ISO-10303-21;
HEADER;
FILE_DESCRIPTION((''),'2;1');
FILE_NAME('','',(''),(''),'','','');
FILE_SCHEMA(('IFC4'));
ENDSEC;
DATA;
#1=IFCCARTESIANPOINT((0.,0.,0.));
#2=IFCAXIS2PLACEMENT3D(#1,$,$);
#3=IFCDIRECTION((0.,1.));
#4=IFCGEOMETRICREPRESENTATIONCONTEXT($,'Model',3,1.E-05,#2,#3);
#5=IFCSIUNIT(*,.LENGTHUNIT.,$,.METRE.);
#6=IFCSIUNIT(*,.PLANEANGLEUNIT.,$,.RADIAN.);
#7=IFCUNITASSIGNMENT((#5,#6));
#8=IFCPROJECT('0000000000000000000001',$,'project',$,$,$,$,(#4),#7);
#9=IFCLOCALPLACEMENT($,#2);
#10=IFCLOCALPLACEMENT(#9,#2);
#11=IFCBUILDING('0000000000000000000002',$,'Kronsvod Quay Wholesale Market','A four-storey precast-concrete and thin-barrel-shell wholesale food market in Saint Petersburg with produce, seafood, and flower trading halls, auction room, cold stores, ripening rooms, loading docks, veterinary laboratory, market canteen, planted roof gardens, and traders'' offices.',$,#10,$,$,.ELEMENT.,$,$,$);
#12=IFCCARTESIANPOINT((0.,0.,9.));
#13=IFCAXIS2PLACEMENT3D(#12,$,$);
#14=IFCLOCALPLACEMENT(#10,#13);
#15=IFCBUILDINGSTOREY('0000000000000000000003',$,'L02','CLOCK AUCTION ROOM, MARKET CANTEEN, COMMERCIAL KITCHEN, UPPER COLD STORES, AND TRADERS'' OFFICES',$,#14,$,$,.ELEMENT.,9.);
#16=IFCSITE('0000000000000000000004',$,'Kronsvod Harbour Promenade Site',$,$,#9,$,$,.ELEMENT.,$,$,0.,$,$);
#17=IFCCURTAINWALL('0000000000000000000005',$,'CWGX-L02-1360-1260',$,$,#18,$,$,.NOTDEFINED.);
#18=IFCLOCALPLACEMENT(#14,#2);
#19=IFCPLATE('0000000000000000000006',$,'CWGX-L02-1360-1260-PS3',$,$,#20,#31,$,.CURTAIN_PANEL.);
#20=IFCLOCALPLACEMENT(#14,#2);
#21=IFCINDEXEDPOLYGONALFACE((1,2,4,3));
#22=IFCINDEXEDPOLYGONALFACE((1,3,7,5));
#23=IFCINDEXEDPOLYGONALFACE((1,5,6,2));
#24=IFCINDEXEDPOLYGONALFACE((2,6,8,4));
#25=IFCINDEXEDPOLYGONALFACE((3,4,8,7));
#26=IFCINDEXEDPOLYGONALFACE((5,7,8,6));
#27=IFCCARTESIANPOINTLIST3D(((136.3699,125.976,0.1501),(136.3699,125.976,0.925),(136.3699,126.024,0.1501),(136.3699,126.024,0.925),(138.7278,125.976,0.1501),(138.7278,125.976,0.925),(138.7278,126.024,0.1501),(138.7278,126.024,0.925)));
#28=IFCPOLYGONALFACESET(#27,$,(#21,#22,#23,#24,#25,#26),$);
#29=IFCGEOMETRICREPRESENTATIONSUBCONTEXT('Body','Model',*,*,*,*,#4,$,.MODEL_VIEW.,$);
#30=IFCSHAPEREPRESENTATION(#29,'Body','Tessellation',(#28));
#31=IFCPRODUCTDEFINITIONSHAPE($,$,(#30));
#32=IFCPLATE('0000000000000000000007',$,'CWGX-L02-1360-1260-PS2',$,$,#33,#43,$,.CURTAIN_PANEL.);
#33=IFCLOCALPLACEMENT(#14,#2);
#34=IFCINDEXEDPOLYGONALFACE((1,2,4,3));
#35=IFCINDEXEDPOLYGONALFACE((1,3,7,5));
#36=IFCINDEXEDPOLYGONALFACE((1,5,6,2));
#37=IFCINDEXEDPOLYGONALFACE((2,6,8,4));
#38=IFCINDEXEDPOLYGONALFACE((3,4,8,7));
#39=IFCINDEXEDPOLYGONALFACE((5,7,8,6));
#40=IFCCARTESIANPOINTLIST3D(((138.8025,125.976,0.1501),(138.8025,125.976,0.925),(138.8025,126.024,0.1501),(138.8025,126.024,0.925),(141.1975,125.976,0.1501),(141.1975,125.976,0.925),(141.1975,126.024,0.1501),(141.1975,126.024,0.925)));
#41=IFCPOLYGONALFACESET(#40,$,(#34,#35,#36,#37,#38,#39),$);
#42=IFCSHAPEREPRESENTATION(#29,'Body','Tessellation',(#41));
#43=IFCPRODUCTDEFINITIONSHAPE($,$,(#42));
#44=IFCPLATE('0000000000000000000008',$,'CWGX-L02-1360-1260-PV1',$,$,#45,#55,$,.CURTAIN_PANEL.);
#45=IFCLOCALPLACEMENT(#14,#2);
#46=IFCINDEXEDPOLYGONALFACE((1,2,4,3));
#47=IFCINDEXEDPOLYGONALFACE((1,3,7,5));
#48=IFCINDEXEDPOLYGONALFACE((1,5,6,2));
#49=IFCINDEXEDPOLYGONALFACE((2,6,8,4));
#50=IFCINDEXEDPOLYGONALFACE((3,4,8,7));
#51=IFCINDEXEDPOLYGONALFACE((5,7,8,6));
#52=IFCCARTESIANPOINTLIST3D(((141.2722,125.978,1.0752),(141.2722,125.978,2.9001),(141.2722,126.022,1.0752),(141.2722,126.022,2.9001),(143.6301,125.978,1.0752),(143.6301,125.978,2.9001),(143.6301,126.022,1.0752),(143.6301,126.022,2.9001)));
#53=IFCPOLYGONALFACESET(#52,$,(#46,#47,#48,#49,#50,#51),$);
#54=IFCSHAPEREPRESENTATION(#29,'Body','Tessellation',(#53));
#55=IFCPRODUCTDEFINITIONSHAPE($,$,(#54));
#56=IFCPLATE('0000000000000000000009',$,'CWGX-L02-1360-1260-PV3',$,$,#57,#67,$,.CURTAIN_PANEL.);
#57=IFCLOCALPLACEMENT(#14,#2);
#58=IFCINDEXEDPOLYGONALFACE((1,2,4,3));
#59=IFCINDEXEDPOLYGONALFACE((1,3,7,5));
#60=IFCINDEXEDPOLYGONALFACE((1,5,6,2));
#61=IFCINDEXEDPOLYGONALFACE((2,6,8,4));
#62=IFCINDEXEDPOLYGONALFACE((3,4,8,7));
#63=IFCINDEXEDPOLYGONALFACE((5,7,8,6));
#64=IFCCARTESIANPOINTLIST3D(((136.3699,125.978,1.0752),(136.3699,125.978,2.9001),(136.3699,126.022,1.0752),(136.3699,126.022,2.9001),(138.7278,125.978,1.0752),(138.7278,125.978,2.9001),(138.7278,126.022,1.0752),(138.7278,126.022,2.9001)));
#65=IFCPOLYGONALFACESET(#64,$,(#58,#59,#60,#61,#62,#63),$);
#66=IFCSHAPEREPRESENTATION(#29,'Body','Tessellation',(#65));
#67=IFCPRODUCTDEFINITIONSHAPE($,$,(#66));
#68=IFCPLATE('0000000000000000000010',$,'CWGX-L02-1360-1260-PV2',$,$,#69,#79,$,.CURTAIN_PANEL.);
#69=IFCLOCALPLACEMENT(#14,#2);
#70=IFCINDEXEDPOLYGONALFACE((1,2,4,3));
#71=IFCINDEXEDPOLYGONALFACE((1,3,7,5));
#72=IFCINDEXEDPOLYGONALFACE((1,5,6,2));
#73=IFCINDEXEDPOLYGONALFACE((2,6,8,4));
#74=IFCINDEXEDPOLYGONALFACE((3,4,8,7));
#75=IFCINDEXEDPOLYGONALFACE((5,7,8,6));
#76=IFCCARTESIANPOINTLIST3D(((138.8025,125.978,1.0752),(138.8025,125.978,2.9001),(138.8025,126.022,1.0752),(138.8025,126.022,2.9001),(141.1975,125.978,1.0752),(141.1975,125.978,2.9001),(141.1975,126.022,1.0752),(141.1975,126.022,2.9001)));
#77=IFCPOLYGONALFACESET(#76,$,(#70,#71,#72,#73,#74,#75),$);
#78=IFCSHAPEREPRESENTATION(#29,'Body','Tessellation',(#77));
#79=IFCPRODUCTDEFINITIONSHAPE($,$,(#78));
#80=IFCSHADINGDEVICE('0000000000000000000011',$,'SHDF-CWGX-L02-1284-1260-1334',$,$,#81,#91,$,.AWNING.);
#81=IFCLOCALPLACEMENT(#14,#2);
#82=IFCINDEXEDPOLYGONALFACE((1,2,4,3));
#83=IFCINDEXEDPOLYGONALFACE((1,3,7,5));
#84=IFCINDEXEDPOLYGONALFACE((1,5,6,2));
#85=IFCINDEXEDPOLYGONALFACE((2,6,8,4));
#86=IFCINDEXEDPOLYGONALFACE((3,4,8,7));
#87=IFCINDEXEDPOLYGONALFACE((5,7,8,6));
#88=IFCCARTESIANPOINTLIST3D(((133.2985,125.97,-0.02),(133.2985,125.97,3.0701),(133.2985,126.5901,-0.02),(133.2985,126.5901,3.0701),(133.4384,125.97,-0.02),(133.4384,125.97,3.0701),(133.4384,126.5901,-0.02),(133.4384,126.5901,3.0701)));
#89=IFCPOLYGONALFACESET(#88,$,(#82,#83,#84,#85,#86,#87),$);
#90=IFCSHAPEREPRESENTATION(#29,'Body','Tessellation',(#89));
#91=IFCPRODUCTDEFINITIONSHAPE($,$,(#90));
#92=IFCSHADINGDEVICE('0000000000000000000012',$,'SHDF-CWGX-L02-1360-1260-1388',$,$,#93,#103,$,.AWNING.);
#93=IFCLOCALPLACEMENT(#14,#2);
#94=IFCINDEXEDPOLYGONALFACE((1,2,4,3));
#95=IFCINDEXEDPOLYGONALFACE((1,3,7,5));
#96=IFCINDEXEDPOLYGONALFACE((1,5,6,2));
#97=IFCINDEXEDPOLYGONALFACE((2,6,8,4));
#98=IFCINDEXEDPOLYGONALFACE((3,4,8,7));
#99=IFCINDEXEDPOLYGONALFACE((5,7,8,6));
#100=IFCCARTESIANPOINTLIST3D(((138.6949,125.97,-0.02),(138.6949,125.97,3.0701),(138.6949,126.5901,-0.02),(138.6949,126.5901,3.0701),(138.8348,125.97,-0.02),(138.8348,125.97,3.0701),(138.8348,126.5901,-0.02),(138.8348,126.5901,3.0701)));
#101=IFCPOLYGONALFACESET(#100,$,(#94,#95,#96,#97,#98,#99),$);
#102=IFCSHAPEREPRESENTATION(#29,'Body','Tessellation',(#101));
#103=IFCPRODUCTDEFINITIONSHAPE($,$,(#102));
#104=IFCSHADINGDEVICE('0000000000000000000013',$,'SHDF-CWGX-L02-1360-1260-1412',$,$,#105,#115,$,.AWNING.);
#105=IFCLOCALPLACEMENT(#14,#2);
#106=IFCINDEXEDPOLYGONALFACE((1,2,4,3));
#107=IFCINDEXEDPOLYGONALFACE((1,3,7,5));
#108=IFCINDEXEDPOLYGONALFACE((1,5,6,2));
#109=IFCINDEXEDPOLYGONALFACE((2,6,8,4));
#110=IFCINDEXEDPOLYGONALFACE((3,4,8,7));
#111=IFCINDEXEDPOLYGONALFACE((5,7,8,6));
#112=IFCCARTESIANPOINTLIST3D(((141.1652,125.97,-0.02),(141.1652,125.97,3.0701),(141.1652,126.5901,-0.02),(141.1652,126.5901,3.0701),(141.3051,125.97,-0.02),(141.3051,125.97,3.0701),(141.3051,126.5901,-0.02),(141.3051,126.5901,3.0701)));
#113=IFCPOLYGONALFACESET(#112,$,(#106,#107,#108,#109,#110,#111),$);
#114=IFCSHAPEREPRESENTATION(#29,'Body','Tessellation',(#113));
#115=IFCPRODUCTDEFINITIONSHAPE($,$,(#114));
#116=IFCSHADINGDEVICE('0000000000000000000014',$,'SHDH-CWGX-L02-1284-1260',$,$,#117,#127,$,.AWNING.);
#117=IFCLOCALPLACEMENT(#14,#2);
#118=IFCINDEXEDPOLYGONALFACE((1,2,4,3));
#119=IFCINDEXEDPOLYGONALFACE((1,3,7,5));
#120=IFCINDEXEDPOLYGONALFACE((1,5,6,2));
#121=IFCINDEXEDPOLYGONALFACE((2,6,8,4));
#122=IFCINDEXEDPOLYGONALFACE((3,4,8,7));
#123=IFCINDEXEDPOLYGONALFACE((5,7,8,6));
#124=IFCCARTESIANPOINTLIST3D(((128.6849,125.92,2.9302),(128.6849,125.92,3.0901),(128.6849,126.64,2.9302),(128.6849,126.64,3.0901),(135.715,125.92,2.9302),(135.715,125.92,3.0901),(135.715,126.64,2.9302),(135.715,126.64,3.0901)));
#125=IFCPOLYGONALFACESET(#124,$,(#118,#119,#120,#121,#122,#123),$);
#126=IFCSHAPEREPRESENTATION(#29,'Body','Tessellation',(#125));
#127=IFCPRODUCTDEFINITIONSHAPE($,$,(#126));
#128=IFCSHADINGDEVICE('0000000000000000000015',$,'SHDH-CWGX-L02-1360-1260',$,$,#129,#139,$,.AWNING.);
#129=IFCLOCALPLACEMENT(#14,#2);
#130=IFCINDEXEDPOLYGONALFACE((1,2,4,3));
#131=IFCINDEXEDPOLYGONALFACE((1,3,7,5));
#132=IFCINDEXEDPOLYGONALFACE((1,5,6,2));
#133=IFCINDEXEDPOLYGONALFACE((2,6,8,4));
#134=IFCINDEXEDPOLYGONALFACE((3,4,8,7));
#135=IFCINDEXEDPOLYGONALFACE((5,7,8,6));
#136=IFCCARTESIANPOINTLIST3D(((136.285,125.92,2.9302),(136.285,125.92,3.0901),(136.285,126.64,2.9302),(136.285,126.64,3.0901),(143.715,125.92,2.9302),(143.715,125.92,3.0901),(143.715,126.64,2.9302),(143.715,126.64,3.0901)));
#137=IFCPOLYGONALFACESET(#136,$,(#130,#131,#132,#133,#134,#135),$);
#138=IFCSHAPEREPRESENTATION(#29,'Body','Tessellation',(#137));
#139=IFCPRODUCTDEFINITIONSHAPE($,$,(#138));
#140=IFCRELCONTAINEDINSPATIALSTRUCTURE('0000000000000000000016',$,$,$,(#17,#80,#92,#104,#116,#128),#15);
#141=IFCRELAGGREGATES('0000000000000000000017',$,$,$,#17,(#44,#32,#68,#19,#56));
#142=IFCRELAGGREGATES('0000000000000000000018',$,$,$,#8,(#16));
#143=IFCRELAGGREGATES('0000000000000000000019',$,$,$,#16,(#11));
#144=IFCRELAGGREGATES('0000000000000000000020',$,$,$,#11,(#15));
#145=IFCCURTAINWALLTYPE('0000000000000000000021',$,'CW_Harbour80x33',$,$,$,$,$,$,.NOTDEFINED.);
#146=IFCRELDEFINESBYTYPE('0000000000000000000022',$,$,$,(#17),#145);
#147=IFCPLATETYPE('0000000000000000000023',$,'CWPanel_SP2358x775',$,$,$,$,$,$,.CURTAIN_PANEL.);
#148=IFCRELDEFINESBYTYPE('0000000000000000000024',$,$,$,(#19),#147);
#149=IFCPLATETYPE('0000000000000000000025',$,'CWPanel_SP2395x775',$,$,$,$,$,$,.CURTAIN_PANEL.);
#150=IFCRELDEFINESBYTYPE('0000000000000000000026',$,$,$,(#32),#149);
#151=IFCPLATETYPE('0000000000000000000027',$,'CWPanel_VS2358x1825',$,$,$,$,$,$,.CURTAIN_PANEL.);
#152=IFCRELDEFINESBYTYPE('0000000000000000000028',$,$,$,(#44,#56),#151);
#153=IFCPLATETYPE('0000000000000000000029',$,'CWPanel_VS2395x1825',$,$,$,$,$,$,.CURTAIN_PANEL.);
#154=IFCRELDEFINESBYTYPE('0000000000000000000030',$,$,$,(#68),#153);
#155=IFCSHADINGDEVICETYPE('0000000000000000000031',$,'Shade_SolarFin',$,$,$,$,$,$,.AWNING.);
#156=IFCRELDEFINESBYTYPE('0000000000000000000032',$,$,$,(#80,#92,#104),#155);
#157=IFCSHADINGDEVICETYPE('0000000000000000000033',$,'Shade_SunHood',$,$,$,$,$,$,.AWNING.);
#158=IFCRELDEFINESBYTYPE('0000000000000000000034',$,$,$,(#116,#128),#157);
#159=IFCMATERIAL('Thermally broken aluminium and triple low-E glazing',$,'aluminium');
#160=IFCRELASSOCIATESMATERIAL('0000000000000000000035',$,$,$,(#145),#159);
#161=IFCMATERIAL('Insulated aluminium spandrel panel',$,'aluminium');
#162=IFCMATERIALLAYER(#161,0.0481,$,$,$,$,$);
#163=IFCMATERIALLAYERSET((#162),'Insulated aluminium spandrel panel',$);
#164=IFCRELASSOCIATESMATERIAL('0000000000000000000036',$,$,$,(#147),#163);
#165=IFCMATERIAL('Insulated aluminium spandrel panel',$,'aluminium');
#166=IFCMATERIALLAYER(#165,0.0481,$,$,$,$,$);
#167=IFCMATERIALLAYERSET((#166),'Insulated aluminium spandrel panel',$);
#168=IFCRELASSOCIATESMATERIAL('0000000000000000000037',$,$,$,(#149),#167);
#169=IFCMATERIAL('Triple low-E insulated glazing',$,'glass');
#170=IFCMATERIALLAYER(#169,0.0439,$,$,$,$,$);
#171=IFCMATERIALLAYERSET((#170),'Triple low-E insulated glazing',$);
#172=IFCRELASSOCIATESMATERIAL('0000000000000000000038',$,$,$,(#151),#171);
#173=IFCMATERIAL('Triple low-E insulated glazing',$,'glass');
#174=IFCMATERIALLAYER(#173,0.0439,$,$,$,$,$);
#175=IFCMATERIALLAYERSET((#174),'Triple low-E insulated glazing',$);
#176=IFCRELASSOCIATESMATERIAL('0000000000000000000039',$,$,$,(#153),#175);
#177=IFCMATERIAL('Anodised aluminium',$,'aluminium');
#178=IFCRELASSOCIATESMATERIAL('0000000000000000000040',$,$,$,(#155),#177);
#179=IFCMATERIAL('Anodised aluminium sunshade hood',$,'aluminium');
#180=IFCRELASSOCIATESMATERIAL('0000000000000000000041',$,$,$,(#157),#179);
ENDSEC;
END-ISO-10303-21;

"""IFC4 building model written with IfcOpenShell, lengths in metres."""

from ifc_helpers import new_model, si_unit, direction, frame, origin, origin_2d, place, context, subcontext, project, spatial, rectangle, extrude, material, layer, layer_set, type_object, element, aggregate, save


model = new_model("IFC4")

# Units and contexts
model_context = context("Model", 3, precision=1e-05, world=origin(), true_north=direction((0.0, 1.0)))
body_context = subcontext(model_context, "Body", "Model", "MODEL_VIEW")
ifc_project = project(units=[si_unit("LENGTHUNIT", "METRE"), si_unit("PLANEANGLEUNIT", "RADIAN")], contexts=[model_context])

# Site, building, storey
site_placement = place(None, origin())
site = spatial("IfcSite", under=ifc_project, at=site_placement, Name="Kronsvod Harbour Promenade Site", CompositionType="ELEMENT", RefElevation=0.0)
building_placement = place(site_placement, origin())
building = spatial("IfcBuilding", under=site, at=building_placement, Name="Kronsvod Quay Wholesale Market", Description="A four-storey precast-concrete and thin-barrel-shell wholesale food market in Saint Petersburg with produce, seafood, and flower trading halls, auction room, cold stores, ripening rooms, loading docks, veterinary laboratory, market canteen, planted roof gardens, and traders' offices.", CompositionType="ELEMENT")
storey_placement = place(building_placement, frame((0.0, 0.0, 9.0)))
storey = spatial("IfcBuildingStorey", under=building, at=storey_placement, Name="L02", Description="CLOCK AUCTION ROOM, MARKET CANTEEN, COMMERCIAL KITCHEN, UPPER COLD STORES, AND TRADERS' OFFICES", CompositionType="ELEMENT", Elevation=9.0)

# Curtain wall, plates
ifc_material_1 = material(Name="Thermally broken aluminium and triple low-E glazing", Category="aluminium")
curtain_wall_type = type_object("IfcCurtainWallType", Name="CW_Harbour80x33", PredefinedType="NOTDEFINED", material=ifc_material_1)
curtain_wall_placement = place(storey_placement, origin())
curtain_wall = element("IfcCurtainWall", 1, at=curtain_wall_placement, inside=storey, type_object=curtain_wall_type, Name="CWGX-L02-1360-1260", PredefinedType="NOTDEFINED")
ifc_material_2 = material(Name="Insulated aluminium spandrel panel", Category="aluminium")
ifc_layer_1 = layer(ifc_material_2, 0.0481)
ifc_layer_set_1 = layer_set([ifc_layer_1], Name="Insulated aluminium spandrel panel")
plate_type_1 = type_object("IfcPlateType", Name="CWPanel_SP2358x775", PredefinedType="CURTAIN_PANEL", material=ifc_layer_set_1)
plate_1_placement = place(storey_placement, frame((137.5488, 126.0, 0.1501), z_axis=(0.0, 0.0, 1.0), x_axis=(-1.0, 0.0, 0.0)))
plate_1 = element("IfcPlate", 2, at=plate_1_placement, type_object=plate_type_1, Name="CWGX-L02-1360-1260-PS3", PredefinedType="CURTAIN_PANEL", context=body_context, shape_type="SweptSolid", body=[
    extrude(rectangle(XDim=2.3579, YDim=0.0481, at=origin_2d()), origin(), (0.0, 0.0, 1.0), 0.7749),
])
ifc_material_3 = material(Name="Insulated aluminium spandrel panel", Category="aluminium")
ifc_layer_2 = layer(ifc_material_3, 0.0481)
ifc_layer_set_2 = layer_set([ifc_layer_2], Name="Insulated aluminium spandrel panel")
plate_type_2 = type_object("IfcPlateType", Name="CWPanel_SP2395x775", PredefinedType="CURTAIN_PANEL", material=ifc_layer_set_2)
plate_2_placement = place(storey_placement, frame((140.0, 126.0, 0.1501), z_axis=(0.0, 0.0, 1.0), x_axis=(-1.0, 0.0, 0.0)))
plate_2 = element("IfcPlate", 3, at=plate_2_placement, type_object=plate_type_2, Name="CWGX-L02-1360-1260-PS2", PredefinedType="CURTAIN_PANEL", context=body_context, shape_type="SweptSolid", body=[
    extrude(rectangle(XDim=2.395, YDim=0.0481, at=origin_2d()), origin(), (0.0, 0.0, 1.0), 0.7749),
])
ifc_material_4 = material(Name="Triple low-E insulated glazing", Category="glass")
ifc_layer_3 = layer(ifc_material_4, 0.0439)
ifc_layer_set_3 = layer_set([ifc_layer_3], Name="Triple low-E insulated glazing")
plate_type_3 = type_object("IfcPlateType", Name="CWPanel_VS2358x1825", PredefinedType="CURTAIN_PANEL", material=ifc_layer_set_3)
plate_3_placement = place(storey_placement, frame((142.4512, 126.0, 1.0752), z_axis=(0.0, 0.0, 1.0), x_axis=(-1.0, 0.0, 0.0)))
plate_3 = element("IfcPlate", 4, at=plate_3_placement, type_object=plate_type_3, Name="CWGX-L02-1360-1260-PV1", PredefinedType="CURTAIN_PANEL", context=body_context, shape_type="SweptSolid", body=[
    extrude(rectangle(XDim=2.3579, YDim=0.0439, at=origin_2d()), origin(), (0.0, 0.0, 1.0), 1.825),
])
plate_4_placement = place(storey_placement, frame((137.5488, 126.0, 1.0752), z_axis=(0.0, 0.0, 1.0), x_axis=(-1.0, 0.0, 0.0)))
plate_4 = element("IfcPlate", 5, at=plate_4_placement, type_object=plate_type_3, Name="CWGX-L02-1360-1260-PV3", PredefinedType="CURTAIN_PANEL", context=body_context, shape_type="SweptSolid", body=[
    extrude(rectangle(XDim=2.3579, YDim=0.0439, at=origin_2d()), origin(), (0.0, 0.0, 1.0), 1.825),
])
ifc_material_5 = material(Name="Triple low-E insulated glazing", Category="glass")
ifc_layer_4 = layer(ifc_material_5, 0.0439)
ifc_layer_set_4 = layer_set([ifc_layer_4], Name="Triple low-E insulated glazing")
plate_type_4 = type_object("IfcPlateType", Name="CWPanel_VS2395x1825", PredefinedType="CURTAIN_PANEL", material=ifc_layer_set_4)
plate_5_placement = place(storey_placement, frame((140.0, 126.0, 1.0752), z_axis=(0.0, 0.0, 1.0), x_axis=(-1.0, 0.0, 0.0)))
plate_5 = element("IfcPlate", 6, at=plate_5_placement, type_object=plate_type_4, Name="CWGX-L02-1360-1260-PV2", PredefinedType="CURTAIN_PANEL", context=body_context, shape_type="SweptSolid", body=[
    extrude(rectangle(XDim=2.395, YDim=0.0439, at=origin_2d()), origin(), (0.0, 0.0, 1.0), 1.825),
])
aggregate(curtain_wall, [plate_3, plate_2, plate_5, plate_1, plate_4])

# Shading devices
ifc_material_6 = material(Name="Anodised aluminium", Category="aluminium")
shading_device_type_1 = type_object("IfcShadingDeviceType", Name="Shade_SolarFin", PredefinedType="AWNING", material=ifc_material_6)
for number, where, z_axis, x_axis, name in (
    (7, (133.3684, 126.28, -0.02), (0.0, 0.0, 1.0), (1.0, 0.0, 0.0), "SHDF-CWGX-L02-1284-1260-1334"),
    (8, (138.7649, 126.28, -0.02), (0.0, 0.0, 1.0), (1.0, 0.0, 0.0), "SHDF-CWGX-L02-1360-1260-1388"),
    (9, (141.2351, 126.28, -0.02), (0.0, 0.0, 1.0), (1.0, 0.0, 0.0), "SHDF-CWGX-L02-1360-1260-1412"),
):
    element("IfcShadingDevice", number, at=place(storey_placement, frame(where, z_axis=z_axis, x_axis=x_axis)), inside=storey, type_object=shading_device_type_1, Name=name, PredefinedType="AWNING", context=body_context, shape_type="SweptSolid", body=[
        extrude(rectangle(XDim=0.1399, YDim=0.6201, at=origin_2d()), origin(), (0.0, 0.0, 1.0), 3.0901),
    ])
ifc_material_7 = material(Name="Anodised aluminium sunshade hood", Category="aluminium")
shading_device_type_2 = type_object("IfcShadingDeviceType", Name="Shade_SunHood", PredefinedType="AWNING", material=ifc_material_7)
shading_device_1_placement = place(storey_placement, frame((132.2, 126.28, 2.9302), z_axis=(0.0, 0.0, 1.0), x_axis=(1.0, 0.0, 0.0)))
element("IfcShadingDevice", 10, at=shading_device_1_placement, inside=storey, type_object=shading_device_type_2, Name="SHDH-CWGX-L02-1284-1260", PredefinedType="AWNING", context=body_context, shape_type="SweptSolid", body=[
    extrude(rectangle(XDim=7.03, YDim=0.72, at=origin_2d()), origin(), (0.0, 0.0, 1.0), 0.1599),
])
shading_device_2_placement = place(storey_placement, frame((140.0, 126.28, 2.9302), z_axis=(0.0, 0.0, 1.0), x_axis=(1.0, 0.0, 0.0)))
element("IfcShadingDevice", 11, at=shading_device_2_placement, inside=storey, type_object=shading_device_type_2, Name="SHDH-CWGX-L02-1360-1260", PredefinedType="AWNING", context=body_context, shape_type="SweptSolid", body=[
    extrude(rectangle(XDim=7.4299, YDim=0.72, at=origin_2d()), origin(), (0.0, 0.0, 1.0), 0.1599),
])

save(model, "model.ifc")
